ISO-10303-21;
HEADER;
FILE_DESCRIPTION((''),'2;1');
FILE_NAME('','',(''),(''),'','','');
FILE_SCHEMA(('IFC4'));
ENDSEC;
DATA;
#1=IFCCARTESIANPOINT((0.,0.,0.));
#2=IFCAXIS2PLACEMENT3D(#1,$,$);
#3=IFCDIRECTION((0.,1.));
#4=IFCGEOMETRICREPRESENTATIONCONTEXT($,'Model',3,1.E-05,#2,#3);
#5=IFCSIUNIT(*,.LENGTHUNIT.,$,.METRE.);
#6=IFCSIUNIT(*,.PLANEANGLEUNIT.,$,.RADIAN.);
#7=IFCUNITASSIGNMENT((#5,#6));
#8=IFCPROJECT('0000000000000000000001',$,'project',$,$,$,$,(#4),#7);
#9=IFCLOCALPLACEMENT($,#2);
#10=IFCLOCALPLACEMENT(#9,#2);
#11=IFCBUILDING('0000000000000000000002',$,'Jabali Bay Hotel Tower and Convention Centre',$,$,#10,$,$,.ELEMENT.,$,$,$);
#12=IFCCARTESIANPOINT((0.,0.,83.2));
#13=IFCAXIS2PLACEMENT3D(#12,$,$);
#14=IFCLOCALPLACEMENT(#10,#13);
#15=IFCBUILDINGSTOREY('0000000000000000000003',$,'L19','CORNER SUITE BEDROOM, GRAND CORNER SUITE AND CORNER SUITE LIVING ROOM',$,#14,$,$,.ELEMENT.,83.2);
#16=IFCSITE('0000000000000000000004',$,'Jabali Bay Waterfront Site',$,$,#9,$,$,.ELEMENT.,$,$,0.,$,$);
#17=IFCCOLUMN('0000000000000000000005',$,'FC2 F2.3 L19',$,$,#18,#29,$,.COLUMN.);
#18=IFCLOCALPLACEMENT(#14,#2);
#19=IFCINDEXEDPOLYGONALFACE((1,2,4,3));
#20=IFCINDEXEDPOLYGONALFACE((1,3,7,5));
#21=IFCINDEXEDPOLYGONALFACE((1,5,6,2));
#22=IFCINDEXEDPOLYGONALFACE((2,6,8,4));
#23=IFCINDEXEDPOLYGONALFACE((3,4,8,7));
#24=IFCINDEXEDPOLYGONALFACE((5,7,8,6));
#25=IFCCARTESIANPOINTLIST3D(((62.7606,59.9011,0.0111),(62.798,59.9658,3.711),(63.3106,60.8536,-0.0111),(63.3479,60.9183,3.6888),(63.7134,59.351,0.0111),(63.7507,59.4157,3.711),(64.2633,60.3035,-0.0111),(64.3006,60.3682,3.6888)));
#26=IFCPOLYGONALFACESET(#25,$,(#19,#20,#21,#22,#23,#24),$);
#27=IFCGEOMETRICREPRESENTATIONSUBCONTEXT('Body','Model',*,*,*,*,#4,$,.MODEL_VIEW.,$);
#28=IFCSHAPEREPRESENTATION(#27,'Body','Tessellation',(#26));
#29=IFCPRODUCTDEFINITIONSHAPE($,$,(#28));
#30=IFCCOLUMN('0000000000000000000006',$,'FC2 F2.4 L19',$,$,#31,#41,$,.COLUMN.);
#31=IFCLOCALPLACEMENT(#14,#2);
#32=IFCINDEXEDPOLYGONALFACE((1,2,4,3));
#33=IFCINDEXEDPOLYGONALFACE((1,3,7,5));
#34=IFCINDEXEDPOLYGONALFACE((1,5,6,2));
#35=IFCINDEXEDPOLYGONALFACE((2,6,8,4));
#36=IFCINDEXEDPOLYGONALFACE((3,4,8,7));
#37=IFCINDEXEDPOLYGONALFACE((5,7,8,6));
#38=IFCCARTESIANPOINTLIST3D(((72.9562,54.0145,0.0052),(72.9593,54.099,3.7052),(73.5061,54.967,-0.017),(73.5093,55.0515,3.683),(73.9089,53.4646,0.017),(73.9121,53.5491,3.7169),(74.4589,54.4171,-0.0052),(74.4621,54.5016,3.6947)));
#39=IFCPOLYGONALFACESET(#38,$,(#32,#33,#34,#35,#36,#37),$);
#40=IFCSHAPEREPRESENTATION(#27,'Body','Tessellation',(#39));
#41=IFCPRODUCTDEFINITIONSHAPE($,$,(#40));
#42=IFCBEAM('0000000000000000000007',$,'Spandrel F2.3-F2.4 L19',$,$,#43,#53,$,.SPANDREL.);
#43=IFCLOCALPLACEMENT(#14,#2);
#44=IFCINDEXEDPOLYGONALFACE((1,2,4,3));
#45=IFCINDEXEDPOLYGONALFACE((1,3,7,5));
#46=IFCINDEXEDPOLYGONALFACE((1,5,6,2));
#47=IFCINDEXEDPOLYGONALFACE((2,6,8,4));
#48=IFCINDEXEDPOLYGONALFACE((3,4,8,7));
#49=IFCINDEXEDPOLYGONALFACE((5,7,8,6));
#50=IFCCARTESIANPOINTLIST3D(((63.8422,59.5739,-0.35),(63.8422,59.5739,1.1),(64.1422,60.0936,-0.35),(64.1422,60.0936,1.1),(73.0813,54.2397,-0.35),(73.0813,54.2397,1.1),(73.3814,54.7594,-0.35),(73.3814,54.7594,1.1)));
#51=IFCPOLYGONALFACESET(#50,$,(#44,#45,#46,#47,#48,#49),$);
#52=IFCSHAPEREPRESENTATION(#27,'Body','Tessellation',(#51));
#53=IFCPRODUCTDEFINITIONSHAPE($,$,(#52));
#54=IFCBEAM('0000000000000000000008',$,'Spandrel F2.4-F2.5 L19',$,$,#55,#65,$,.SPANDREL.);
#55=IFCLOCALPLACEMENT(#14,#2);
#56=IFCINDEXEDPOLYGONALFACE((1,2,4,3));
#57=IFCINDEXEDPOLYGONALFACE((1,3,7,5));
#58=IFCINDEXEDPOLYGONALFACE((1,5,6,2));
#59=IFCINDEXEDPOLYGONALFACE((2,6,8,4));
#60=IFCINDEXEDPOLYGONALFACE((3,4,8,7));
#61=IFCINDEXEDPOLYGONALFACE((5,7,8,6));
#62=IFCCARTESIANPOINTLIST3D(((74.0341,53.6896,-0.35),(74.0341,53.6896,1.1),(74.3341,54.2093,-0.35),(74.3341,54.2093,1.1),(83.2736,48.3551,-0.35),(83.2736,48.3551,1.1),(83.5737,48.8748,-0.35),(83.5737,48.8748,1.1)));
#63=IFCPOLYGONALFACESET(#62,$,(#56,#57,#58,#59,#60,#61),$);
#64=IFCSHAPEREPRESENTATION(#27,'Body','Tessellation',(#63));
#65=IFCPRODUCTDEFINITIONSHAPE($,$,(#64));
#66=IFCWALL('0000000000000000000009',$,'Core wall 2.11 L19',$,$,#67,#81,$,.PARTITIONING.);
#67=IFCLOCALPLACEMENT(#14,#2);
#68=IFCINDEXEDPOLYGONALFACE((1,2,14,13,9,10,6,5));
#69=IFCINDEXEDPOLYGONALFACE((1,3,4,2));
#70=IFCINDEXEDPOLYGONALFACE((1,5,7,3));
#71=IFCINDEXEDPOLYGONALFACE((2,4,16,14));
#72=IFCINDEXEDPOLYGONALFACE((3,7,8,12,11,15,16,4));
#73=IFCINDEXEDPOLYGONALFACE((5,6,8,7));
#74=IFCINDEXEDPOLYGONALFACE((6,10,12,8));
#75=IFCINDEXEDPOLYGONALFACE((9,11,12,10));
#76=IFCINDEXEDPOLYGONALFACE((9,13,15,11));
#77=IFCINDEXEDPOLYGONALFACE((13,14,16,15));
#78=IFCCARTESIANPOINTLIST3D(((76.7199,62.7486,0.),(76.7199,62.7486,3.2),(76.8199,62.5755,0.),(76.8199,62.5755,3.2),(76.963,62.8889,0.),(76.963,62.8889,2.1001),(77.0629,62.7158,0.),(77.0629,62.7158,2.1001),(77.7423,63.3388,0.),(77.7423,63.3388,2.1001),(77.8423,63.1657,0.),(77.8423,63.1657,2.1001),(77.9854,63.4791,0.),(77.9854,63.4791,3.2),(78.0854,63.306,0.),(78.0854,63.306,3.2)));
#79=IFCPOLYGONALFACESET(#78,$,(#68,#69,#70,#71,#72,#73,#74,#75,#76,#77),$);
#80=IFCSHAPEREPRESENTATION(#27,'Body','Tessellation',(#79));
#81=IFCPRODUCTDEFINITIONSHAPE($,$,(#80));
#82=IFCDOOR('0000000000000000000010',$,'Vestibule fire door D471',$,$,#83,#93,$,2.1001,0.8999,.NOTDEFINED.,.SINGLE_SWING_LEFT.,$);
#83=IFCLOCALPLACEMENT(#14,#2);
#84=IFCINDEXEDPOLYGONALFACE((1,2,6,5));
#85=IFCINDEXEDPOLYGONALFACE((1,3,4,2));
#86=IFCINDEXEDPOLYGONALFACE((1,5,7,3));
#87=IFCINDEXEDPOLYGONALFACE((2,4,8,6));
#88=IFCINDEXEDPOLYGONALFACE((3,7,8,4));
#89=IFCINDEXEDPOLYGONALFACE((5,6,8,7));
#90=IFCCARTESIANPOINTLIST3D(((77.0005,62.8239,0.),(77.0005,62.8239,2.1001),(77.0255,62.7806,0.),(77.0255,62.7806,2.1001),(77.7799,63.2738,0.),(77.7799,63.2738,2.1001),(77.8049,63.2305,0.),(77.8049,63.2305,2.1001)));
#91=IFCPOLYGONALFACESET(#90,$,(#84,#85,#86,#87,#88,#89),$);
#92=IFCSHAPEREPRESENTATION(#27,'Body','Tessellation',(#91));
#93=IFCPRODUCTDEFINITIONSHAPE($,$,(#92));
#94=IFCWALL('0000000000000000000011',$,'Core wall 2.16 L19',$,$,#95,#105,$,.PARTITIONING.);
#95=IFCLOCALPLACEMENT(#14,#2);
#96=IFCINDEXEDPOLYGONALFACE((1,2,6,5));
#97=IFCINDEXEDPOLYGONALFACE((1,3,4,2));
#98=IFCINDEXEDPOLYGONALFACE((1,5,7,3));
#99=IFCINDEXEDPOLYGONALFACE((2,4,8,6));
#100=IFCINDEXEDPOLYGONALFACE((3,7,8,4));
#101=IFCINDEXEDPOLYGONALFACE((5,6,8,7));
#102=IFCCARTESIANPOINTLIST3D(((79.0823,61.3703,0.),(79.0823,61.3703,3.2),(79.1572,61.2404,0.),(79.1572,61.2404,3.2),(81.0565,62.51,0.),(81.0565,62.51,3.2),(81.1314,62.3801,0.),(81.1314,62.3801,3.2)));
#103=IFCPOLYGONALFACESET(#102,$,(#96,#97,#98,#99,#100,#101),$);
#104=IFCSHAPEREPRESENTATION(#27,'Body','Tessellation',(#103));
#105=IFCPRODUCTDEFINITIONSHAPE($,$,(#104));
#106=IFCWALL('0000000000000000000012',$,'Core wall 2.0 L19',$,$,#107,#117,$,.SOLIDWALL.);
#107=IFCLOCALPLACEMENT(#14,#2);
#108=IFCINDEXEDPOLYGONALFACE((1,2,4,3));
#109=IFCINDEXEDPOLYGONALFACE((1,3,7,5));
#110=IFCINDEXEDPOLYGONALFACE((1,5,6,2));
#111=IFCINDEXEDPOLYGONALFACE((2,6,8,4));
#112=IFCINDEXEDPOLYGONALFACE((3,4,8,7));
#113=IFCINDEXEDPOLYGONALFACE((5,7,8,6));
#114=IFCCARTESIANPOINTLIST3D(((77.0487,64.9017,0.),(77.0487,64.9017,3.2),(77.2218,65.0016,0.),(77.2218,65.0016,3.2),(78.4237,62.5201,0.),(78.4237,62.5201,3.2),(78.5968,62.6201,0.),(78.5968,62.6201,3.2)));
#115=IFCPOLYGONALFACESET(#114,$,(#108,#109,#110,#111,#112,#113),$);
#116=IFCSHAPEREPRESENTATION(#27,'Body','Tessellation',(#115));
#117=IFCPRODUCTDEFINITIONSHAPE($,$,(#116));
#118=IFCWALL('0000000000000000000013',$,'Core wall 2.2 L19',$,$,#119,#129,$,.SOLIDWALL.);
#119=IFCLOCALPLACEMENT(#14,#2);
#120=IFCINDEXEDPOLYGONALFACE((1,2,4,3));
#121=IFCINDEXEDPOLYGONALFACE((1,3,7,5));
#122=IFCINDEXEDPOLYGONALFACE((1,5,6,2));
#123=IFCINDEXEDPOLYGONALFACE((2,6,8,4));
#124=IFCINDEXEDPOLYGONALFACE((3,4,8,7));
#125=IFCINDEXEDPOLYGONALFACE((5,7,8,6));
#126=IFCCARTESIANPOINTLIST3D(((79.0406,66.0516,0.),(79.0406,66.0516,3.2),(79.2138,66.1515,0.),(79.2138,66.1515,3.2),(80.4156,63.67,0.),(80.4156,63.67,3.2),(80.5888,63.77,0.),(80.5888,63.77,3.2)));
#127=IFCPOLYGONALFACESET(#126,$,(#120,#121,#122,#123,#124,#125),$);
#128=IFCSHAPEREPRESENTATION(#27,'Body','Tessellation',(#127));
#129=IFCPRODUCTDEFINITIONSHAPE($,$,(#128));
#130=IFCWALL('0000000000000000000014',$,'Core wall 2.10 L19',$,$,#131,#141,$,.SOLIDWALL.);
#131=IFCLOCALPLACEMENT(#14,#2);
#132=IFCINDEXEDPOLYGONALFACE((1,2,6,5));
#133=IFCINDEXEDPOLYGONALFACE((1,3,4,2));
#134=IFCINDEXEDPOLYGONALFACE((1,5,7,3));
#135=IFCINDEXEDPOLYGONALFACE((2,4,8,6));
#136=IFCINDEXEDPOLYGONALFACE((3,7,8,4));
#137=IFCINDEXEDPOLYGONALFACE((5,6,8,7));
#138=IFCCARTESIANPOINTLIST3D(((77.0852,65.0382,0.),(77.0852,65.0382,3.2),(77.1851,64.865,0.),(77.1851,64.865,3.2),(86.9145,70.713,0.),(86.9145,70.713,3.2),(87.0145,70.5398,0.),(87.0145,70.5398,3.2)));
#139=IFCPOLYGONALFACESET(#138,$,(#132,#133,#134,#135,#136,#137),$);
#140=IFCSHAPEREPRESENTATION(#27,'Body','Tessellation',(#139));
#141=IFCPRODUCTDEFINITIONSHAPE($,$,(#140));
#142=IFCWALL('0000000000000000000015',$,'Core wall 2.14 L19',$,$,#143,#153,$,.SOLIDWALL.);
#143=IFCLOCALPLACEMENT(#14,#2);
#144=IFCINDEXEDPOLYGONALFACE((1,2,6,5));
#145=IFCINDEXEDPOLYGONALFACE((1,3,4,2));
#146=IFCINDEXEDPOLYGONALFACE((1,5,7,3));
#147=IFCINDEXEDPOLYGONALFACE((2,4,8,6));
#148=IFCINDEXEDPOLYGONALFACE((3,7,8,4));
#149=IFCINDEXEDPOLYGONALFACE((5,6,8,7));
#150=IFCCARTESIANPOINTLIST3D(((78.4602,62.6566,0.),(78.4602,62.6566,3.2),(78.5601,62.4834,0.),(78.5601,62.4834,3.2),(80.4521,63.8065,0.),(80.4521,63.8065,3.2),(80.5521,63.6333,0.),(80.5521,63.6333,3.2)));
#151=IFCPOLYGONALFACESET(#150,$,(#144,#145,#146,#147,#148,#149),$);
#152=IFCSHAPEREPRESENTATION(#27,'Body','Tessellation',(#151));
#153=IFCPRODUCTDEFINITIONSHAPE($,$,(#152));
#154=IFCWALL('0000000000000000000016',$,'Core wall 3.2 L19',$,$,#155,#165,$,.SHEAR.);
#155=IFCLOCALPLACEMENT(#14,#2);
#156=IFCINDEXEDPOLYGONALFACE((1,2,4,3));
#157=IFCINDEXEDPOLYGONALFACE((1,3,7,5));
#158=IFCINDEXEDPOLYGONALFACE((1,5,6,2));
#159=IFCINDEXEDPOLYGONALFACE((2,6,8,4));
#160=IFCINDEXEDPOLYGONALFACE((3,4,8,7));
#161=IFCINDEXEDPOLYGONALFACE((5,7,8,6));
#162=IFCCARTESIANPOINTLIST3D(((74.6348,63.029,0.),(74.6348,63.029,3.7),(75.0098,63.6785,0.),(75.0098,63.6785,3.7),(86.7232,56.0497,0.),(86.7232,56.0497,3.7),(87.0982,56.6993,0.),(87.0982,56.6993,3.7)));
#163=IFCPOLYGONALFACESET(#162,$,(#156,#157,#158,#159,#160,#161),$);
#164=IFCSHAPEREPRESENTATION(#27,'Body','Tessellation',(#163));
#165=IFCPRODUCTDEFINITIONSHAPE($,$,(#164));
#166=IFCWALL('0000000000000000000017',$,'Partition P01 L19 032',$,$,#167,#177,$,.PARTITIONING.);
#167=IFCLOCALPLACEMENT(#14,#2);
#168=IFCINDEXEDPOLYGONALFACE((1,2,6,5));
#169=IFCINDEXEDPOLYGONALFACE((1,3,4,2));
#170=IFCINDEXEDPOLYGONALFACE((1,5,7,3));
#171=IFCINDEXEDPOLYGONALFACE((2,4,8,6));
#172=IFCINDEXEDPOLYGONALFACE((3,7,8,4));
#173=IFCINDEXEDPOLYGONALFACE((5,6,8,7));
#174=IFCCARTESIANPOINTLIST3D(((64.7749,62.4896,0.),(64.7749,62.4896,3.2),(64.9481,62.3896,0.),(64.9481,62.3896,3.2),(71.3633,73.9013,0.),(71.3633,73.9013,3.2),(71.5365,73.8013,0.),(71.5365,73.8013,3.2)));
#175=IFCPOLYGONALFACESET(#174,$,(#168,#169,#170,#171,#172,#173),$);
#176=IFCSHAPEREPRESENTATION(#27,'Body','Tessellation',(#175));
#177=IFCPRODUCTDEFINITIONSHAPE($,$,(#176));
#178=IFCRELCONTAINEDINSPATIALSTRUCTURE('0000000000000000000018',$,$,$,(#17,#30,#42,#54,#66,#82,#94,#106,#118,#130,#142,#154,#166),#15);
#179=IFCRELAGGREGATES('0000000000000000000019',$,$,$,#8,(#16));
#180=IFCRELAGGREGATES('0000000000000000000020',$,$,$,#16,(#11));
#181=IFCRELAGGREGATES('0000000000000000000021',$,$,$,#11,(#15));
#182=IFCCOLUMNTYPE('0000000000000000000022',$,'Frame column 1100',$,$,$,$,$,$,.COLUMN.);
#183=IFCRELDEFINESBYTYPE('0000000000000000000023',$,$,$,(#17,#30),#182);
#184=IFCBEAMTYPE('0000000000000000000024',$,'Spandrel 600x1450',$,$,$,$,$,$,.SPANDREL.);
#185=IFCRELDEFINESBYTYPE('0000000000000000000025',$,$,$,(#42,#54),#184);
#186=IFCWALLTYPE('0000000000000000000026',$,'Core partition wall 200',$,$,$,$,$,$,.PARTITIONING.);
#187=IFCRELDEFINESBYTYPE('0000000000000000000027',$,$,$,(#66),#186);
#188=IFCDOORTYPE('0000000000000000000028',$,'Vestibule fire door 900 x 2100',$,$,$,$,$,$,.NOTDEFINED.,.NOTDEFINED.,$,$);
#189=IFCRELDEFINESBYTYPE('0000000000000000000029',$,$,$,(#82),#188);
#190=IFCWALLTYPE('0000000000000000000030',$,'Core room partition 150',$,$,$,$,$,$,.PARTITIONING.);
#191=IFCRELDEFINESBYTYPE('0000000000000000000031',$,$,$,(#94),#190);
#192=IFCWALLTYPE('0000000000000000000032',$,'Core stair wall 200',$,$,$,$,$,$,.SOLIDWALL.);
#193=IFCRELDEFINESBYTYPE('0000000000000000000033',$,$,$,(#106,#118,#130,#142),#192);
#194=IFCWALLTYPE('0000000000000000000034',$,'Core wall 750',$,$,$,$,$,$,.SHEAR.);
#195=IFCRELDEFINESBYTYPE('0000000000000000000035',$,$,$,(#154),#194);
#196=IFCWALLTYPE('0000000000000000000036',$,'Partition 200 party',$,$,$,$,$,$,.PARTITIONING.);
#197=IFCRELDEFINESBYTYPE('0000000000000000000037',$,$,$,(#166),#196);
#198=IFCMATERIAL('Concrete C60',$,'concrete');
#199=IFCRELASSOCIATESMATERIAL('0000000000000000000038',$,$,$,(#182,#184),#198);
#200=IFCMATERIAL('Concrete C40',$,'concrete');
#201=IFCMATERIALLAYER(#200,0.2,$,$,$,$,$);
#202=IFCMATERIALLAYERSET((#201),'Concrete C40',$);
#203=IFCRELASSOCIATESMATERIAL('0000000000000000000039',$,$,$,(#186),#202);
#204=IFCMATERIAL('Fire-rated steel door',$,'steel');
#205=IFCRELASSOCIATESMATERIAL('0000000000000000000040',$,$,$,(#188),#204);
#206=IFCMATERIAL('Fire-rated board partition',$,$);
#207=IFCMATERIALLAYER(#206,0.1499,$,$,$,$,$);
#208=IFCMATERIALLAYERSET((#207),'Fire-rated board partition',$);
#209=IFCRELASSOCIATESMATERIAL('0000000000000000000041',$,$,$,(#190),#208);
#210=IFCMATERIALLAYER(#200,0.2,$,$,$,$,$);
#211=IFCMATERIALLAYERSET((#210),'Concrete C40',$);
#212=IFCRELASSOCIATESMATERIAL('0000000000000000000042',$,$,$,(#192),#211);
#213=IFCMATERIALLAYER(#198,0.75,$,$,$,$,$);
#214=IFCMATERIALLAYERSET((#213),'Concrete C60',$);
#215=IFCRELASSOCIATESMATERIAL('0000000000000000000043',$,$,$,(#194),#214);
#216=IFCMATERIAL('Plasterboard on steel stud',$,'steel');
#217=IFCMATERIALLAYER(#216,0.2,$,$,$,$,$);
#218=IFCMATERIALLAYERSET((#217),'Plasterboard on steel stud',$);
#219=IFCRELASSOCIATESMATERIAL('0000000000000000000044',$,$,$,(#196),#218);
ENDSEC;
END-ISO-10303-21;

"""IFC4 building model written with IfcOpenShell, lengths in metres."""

from ifc_helpers import new_model, si_unit, direction, frame, frame_2d, origin, origin_2d, place, context, subcontext, project, spatial, rectangle, extrude, material, layer, layer_set, material_profile, profile_set, type_object, element, fill, save


model = new_model("IFC4")

# Units and contexts
model_context = context("Model", 3, precision=1e-05, world=origin(), true_north=direction((0.0, 1.0)))
body_context = subcontext(model_context, "Body", "Model", "MODEL_VIEW")
ifc_project = project(units=[si_unit("LENGTHUNIT", "METRE"), si_unit("PLANEANGLEUNIT", "RADIAN")], contexts=[model_context])

# Site, building, storey
site_placement = place(None, origin())
site = spatial("IfcSite", under=ifc_project, at=site_placement, Name="Jabali Bay Waterfront Site", CompositionType="ELEMENT", RefElevation=0.0)
building_placement = place(site_placement, origin())
building = spatial("IfcBuilding", under=site, at=building_placement, Name="Jabali Bay Hotel Tower and Convention Centre", CompositionType="ELEMENT")
storey_placement = place(building_placement, frame((0.0, 0.0, 83.2)))
storey = spatial("IfcBuildingStorey", under=building, at=storey_placement, Name="L19", Description="CORNER SUITE BEDROOM, GRAND CORNER SUITE AND CORNER SUITE LIVING ROOM", CompositionType="ELEMENT", Elevation=83.2)

# Columns
ifc_material_1 = material(Name="Concrete C60", Category="concrete")
ifc_material_profile_1 = material_profile(ifc_material_1, rectangle(XDim=1.1001, YDim=1.1001, at=origin_2d()), Name="Frame column 1100")
ifc_profile_set_1 = profile_set([ifc_material_profile_1], Name="Concrete C60")
column_type = type_object("IfcColumnType", Name="Frame column 1100", PredefinedType="COLUMN", material=ifc_profile_set_1)
column_1_placement = place(storey_placement, frame((63.512, 60.1023, 0.0), z_axis=(0.010094, 0.017482, 0.999796), x_axis=(-0.866026, 0.499999, 0.0)))
element("IfcColumn", 1, at=column_1_placement, inside=storey, type_object=column_type, Name="FC2 F2.3 L19", PredefinedType="COLUMN", context=body_context, shape_type="SweptSolid", body=[
    extrude(rectangle(XDim=1.1001, YDim=1.1001, at=origin_2d()), origin(), (0.0, 0.0, 1.0), 3.7007),
])
column_2_placement = place(storey_placement, frame((73.7075, 54.2158, 0.0), z_axis=(0.000858, 0.022825, 0.999739), x_axis=(-0.49995, -0.865819, 0.020196)))
element("IfcColumn", 2, at=column_2_placement, inside=storey, type_object=column_type, Name="FC2 F2.4 L19", PredefinedType="COLUMN", context=body_context, shape_type="SweptSolid", body=[
    extrude(rectangle(XDim=1.1001, YDim=1.1001, at=origin_2d()), origin(), (0.0, 0.0, 1.0), 3.7009),
])

# Beams
ifc_material_profile_2 = material_profile(ifc_material_1, rectangle(XDim=0.6001, YDim=1.45, at=origin_2d()), Name="Spandrel 600x1450")
ifc_profile_set_2 = profile_set([ifc_material_profile_2], Name="Concrete C60")
beam_type = type_object("IfcBeamType", Name="Spandrel 600x1450", PredefinedType="SPANDREL", material=ifc_profile_set_2)
beam_1_placement = place(storey_placement, frame((63.9922, 59.8337, 0.375), z_axis=(0.866028, -0.499996, 0.0), x_axis=(0.499996, 0.866028, 0.0)))
element("IfcBeam", 3, at=beam_1_placement, inside=storey, type_object=beam_type, Name="Spandrel F2.3-F2.4 L19", PredefinedType="SPANDREL", context=body_context, shape_type="SweptSolid", body=[
    extrude(rectangle(XDim=0.6001, YDim=1.45, at=origin_2d()), origin(), (0.0, 0.0, 1.0), 10.6685),
])
beam_2_placement = place(storey_placement, frame((74.1841, 53.9495, 0.375), z_axis=(0.866024, -0.500003, 0.0), x_axis=(0.500003, 0.866024, 0.0)))
element("IfcBeam", 4, at=beam_2_placement, inside=storey, type_object=beam_type, Name="Spandrel F2.4-F2.5 L19", PredefinedType="SPANDREL", context=body_context, shape_type="SweptSolid", body=[
    extrude(rectangle(XDim=0.6001, YDim=1.45, at=origin_2d()), origin(), (0.0, 0.0, 1.0), 10.6689),
])

# Wall, opening, door
ifc_material_2 = material(Name="Concrete C40", Category="concrete")
ifc_layer_1 = layer(ifc_material_2, 0.2)
ifc_layer_set_1 = layer_set([ifc_layer_1], Name="Concrete C40")
wall_type_1 = type_object("IfcWallType", Name="Core partition wall 200", PredefinedType="PARTITIONING", material=ifc_layer_set_1)
wall_1_placement = place(storey_placement, frame((76.77, 62.6621, 0.0), z_axis=(0.0, 0.0, 1.0), x_axis=(0.866055, 0.499949, 0.0)))
wall_1 = element("IfcWall", 5, at=wall_1_placement, inside=storey, type_object=wall_type_1, Name="Core wall 2.11 L19", PredefinedType="PARTITIONING", context=body_context, shape_type="SweptSolid", body=[
    extrude(rectangle(XDim=1.4612, YDim=0.2, at=frame_2d((0.7305, 0.0))), origin(), (0.0, 0.0, 1.0), 3.2),
])
opening_placement = place(wall_1_placement, frame((0.2805, 0.0, 0.0)))
opening = element("IfcOpeningElement", 6, at=opening_placement, cuts=wall_1, PredefinedType="OPENING", context=body_context, shape_type="SweptSolid", body=[
    extrude(rectangle(XDim=0.8999, YDim=2.1001, at=frame_2d((0.45, 1.05))), frame((0.0, 0.1104, 0.0), z_axis=(0.0, -1.0, 0.0), x_axis=(1.0, 0.0, 0.0)), (0.0, 0.0, 1.0), 0.2209),
])
ifc_material_3 = material(Name="Fire-rated steel door", Category="steel")
door_type = type_object("IfcDoorType", Name="Vestibule fire door 900 x 2100", OperationType="NOTDEFINED", PredefinedType="NOTDEFINED", material=ifc_material_3)
door_placement = place(opening_placement, origin())
door = element("IfcDoor", 7, at=door_placement, inside=storey, type_object=door_type, Name="Vestibule fire door D471", OperationType="SINGLE_SWING_LEFT", OverallHeight=2.1001, OverallWidth=0.8999, PredefinedType="NOTDEFINED", context=body_context, shape_type="SweptSolid", body=[
    extrude(rectangle(XDim=0.8999, YDim=2.1001, at=frame_2d((0.45, 1.05))), frame((0.0, 0.0249, 0.0), z_axis=(0.0, -1.0, 0.0), x_axis=(1.0, 0.0, 0.0)), (0.0, 0.0, 1.0), 0.05),
])
fill(opening, door)

# Walls
ifc_material_4 = material(Name="Fire-rated board partition")
ifc_layer_2 = layer(ifc_material_4, 0.1499)
ifc_layer_set_2 = layer_set([ifc_layer_2], Name="Fire-rated board partition")
wall_type_2 = type_object("IfcWallType", Name="Core room partition 150", PredefinedType="PARTITIONING", material=ifc_layer_set_2)
wall_2_placement = place(storey_placement, frame((79.1199, 61.3054, 0.0), z_axis=(0.0, 0.0, 1.0), x_axis=(0.866046, 0.499964, 0.0)))
element("IfcWall", 8, at=wall_2_placement, inside=storey, type_object=wall_type_2, Name="Core wall 2.16 L19", PredefinedType="PARTITIONING", context=body_context, shape_type="SweptSolid", body=[
    extrude(rectangle(XDim=2.2795, YDim=0.1499, at=frame_2d((1.1396, 0.0))), origin(), (0.0, 0.0, 1.0), 3.2),
])
ifc_layer_3 = layer(ifc_material_2, 0.2)
ifc_layer_set_3 = layer_set([ifc_layer_3], Name="Concrete C40")
wall_type_3 = type_object("IfcWallType", Name="Core stair wall 200", PredefinedType="SOLIDWALL", material=ifc_layer_set_3)
for number, where, z_axis, x_axis, name in (
    (9, (77.1353, 64.9517, 0.0), (0.0, 0.0, 1.0), (0.499997, -0.866027, 0.0), "Core wall 2.0 L19"),
    (10, (79.1272, 66.1016, 0.0), (0.0, 0.0, 1.0), (0.499997, -0.866027, 0.0), "Core wall 2.2 L19"),
):
    element("IfcWall", number, at=place(storey_placement, frame(where, z_axis=z_axis, x_axis=x_axis)), inside=storey, type_object=wall_type_3, Name=name, PredefinedType="SOLIDWALL", context=body_context, shape_type="SweptSolid", body=[
        extrude(rectangle(XDim=2.75, YDim=0.2, at=frame_2d((1.375, 0.0))), origin(), (0.0, 0.0, 1.0), 3.2),
    ])
wall_3_placement = place(storey_placement, frame((77.1353, 64.9517, 0.0), z_axis=(0.0, 0.0, 1.0), x_axis=(0.866032, 0.499989, 0.0)))
element("IfcWall", 11, at=wall_3_placement, inside=storey, type_object=wall_type_3, Name="Core wall 2.10 L19", PredefinedType="SOLIDWALL", context=body_context, shape_type="SweptSolid", body=[
    extrude(rectangle(XDim=11.3499, YDim=0.2, at=frame_2d((5.6748, 0.0))), origin(), (0.0, 0.0, 1.0), 3.2),
])
wall_4_placement = place(storey_placement, frame((78.5103, 62.5701, 0.0), z_axis=(0.0, 0.0, 1.0), x_axis=(0.866053, 0.499952, 0.0)))
element("IfcWall", 12, at=wall_4_placement, inside=storey, type_object=wall_type_3, Name="Core wall 2.14 L19", PredefinedType="SOLIDWALL", context=body_context, shape_type="SweptSolid", body=[
    extrude(rectangle(XDim=2.3, YDim=0.2, at=frame_2d((1.1499, 0.0))), origin(), (0.0, 0.0, 1.0), 3.2),
])
ifc_layer_4 = layer(ifc_material_1, 0.75)
ifc_layer_set_4 = layer_set([ifc_layer_4], Name="Concrete C60")
wall_type_4 = type_object("IfcWallType", Name="Core wall 750", PredefinedType="SHEAR", material=ifc_layer_set_4)
wall_5_placement = place(storey_placement, frame((74.8223, 63.3538, 0.0), z_axis=(0.0, 0.0, 1.0), x_axis=(0.866025, -0.500001, 0.0)))
element("IfcWall", 13, at=wall_5_placement, inside=storey, type_object=wall_type_4, Name="Core wall 3.2 L19", PredefinedType="SHEAR", context=body_context, shape_type="SweptSolid", body=[
    extrude(rectangle(XDim=13.9585, YDim=0.75, at=frame_2d((6.9792, 0.0))), origin(), (0.0, 0.0, 1.0), 3.7),
])
ifc_material_5 = material(Name="Plasterboard on steel stud", Category="steel")
ifc_layer_5 = layer(ifc_material_5, 0.2)
ifc_layer_set_5 = layer_set([ifc_layer_5], Name="Plasterboard on steel stud")
wall_type_5 = type_object("IfcWallType", Name="Partition 200 party", PredefinedType="PARTITIONING", material=ifc_layer_set_5)
wall_6_placement = place(storey_placement, frame((64.8616, 62.4397, 0.0), z_axis=(0.0, 0.0, 1.0), x_axis=(0.499993, 0.866029, 0.0)))
element("IfcWall", 14, at=wall_6_placement, inside=storey, type_object=wall_type_5, Name="Partition P01 L19 032", PredefinedType="PARTITIONING", context=body_context, shape_type="SweptSolid", body=[
    extrude(rectangle(XDim=13.177, YDim=0.2, at=frame_2d((6.5884, 0.0))), origin(), (0.0, 0.0, 1.0), 3.2),
])

save(model, "model.ifc")
